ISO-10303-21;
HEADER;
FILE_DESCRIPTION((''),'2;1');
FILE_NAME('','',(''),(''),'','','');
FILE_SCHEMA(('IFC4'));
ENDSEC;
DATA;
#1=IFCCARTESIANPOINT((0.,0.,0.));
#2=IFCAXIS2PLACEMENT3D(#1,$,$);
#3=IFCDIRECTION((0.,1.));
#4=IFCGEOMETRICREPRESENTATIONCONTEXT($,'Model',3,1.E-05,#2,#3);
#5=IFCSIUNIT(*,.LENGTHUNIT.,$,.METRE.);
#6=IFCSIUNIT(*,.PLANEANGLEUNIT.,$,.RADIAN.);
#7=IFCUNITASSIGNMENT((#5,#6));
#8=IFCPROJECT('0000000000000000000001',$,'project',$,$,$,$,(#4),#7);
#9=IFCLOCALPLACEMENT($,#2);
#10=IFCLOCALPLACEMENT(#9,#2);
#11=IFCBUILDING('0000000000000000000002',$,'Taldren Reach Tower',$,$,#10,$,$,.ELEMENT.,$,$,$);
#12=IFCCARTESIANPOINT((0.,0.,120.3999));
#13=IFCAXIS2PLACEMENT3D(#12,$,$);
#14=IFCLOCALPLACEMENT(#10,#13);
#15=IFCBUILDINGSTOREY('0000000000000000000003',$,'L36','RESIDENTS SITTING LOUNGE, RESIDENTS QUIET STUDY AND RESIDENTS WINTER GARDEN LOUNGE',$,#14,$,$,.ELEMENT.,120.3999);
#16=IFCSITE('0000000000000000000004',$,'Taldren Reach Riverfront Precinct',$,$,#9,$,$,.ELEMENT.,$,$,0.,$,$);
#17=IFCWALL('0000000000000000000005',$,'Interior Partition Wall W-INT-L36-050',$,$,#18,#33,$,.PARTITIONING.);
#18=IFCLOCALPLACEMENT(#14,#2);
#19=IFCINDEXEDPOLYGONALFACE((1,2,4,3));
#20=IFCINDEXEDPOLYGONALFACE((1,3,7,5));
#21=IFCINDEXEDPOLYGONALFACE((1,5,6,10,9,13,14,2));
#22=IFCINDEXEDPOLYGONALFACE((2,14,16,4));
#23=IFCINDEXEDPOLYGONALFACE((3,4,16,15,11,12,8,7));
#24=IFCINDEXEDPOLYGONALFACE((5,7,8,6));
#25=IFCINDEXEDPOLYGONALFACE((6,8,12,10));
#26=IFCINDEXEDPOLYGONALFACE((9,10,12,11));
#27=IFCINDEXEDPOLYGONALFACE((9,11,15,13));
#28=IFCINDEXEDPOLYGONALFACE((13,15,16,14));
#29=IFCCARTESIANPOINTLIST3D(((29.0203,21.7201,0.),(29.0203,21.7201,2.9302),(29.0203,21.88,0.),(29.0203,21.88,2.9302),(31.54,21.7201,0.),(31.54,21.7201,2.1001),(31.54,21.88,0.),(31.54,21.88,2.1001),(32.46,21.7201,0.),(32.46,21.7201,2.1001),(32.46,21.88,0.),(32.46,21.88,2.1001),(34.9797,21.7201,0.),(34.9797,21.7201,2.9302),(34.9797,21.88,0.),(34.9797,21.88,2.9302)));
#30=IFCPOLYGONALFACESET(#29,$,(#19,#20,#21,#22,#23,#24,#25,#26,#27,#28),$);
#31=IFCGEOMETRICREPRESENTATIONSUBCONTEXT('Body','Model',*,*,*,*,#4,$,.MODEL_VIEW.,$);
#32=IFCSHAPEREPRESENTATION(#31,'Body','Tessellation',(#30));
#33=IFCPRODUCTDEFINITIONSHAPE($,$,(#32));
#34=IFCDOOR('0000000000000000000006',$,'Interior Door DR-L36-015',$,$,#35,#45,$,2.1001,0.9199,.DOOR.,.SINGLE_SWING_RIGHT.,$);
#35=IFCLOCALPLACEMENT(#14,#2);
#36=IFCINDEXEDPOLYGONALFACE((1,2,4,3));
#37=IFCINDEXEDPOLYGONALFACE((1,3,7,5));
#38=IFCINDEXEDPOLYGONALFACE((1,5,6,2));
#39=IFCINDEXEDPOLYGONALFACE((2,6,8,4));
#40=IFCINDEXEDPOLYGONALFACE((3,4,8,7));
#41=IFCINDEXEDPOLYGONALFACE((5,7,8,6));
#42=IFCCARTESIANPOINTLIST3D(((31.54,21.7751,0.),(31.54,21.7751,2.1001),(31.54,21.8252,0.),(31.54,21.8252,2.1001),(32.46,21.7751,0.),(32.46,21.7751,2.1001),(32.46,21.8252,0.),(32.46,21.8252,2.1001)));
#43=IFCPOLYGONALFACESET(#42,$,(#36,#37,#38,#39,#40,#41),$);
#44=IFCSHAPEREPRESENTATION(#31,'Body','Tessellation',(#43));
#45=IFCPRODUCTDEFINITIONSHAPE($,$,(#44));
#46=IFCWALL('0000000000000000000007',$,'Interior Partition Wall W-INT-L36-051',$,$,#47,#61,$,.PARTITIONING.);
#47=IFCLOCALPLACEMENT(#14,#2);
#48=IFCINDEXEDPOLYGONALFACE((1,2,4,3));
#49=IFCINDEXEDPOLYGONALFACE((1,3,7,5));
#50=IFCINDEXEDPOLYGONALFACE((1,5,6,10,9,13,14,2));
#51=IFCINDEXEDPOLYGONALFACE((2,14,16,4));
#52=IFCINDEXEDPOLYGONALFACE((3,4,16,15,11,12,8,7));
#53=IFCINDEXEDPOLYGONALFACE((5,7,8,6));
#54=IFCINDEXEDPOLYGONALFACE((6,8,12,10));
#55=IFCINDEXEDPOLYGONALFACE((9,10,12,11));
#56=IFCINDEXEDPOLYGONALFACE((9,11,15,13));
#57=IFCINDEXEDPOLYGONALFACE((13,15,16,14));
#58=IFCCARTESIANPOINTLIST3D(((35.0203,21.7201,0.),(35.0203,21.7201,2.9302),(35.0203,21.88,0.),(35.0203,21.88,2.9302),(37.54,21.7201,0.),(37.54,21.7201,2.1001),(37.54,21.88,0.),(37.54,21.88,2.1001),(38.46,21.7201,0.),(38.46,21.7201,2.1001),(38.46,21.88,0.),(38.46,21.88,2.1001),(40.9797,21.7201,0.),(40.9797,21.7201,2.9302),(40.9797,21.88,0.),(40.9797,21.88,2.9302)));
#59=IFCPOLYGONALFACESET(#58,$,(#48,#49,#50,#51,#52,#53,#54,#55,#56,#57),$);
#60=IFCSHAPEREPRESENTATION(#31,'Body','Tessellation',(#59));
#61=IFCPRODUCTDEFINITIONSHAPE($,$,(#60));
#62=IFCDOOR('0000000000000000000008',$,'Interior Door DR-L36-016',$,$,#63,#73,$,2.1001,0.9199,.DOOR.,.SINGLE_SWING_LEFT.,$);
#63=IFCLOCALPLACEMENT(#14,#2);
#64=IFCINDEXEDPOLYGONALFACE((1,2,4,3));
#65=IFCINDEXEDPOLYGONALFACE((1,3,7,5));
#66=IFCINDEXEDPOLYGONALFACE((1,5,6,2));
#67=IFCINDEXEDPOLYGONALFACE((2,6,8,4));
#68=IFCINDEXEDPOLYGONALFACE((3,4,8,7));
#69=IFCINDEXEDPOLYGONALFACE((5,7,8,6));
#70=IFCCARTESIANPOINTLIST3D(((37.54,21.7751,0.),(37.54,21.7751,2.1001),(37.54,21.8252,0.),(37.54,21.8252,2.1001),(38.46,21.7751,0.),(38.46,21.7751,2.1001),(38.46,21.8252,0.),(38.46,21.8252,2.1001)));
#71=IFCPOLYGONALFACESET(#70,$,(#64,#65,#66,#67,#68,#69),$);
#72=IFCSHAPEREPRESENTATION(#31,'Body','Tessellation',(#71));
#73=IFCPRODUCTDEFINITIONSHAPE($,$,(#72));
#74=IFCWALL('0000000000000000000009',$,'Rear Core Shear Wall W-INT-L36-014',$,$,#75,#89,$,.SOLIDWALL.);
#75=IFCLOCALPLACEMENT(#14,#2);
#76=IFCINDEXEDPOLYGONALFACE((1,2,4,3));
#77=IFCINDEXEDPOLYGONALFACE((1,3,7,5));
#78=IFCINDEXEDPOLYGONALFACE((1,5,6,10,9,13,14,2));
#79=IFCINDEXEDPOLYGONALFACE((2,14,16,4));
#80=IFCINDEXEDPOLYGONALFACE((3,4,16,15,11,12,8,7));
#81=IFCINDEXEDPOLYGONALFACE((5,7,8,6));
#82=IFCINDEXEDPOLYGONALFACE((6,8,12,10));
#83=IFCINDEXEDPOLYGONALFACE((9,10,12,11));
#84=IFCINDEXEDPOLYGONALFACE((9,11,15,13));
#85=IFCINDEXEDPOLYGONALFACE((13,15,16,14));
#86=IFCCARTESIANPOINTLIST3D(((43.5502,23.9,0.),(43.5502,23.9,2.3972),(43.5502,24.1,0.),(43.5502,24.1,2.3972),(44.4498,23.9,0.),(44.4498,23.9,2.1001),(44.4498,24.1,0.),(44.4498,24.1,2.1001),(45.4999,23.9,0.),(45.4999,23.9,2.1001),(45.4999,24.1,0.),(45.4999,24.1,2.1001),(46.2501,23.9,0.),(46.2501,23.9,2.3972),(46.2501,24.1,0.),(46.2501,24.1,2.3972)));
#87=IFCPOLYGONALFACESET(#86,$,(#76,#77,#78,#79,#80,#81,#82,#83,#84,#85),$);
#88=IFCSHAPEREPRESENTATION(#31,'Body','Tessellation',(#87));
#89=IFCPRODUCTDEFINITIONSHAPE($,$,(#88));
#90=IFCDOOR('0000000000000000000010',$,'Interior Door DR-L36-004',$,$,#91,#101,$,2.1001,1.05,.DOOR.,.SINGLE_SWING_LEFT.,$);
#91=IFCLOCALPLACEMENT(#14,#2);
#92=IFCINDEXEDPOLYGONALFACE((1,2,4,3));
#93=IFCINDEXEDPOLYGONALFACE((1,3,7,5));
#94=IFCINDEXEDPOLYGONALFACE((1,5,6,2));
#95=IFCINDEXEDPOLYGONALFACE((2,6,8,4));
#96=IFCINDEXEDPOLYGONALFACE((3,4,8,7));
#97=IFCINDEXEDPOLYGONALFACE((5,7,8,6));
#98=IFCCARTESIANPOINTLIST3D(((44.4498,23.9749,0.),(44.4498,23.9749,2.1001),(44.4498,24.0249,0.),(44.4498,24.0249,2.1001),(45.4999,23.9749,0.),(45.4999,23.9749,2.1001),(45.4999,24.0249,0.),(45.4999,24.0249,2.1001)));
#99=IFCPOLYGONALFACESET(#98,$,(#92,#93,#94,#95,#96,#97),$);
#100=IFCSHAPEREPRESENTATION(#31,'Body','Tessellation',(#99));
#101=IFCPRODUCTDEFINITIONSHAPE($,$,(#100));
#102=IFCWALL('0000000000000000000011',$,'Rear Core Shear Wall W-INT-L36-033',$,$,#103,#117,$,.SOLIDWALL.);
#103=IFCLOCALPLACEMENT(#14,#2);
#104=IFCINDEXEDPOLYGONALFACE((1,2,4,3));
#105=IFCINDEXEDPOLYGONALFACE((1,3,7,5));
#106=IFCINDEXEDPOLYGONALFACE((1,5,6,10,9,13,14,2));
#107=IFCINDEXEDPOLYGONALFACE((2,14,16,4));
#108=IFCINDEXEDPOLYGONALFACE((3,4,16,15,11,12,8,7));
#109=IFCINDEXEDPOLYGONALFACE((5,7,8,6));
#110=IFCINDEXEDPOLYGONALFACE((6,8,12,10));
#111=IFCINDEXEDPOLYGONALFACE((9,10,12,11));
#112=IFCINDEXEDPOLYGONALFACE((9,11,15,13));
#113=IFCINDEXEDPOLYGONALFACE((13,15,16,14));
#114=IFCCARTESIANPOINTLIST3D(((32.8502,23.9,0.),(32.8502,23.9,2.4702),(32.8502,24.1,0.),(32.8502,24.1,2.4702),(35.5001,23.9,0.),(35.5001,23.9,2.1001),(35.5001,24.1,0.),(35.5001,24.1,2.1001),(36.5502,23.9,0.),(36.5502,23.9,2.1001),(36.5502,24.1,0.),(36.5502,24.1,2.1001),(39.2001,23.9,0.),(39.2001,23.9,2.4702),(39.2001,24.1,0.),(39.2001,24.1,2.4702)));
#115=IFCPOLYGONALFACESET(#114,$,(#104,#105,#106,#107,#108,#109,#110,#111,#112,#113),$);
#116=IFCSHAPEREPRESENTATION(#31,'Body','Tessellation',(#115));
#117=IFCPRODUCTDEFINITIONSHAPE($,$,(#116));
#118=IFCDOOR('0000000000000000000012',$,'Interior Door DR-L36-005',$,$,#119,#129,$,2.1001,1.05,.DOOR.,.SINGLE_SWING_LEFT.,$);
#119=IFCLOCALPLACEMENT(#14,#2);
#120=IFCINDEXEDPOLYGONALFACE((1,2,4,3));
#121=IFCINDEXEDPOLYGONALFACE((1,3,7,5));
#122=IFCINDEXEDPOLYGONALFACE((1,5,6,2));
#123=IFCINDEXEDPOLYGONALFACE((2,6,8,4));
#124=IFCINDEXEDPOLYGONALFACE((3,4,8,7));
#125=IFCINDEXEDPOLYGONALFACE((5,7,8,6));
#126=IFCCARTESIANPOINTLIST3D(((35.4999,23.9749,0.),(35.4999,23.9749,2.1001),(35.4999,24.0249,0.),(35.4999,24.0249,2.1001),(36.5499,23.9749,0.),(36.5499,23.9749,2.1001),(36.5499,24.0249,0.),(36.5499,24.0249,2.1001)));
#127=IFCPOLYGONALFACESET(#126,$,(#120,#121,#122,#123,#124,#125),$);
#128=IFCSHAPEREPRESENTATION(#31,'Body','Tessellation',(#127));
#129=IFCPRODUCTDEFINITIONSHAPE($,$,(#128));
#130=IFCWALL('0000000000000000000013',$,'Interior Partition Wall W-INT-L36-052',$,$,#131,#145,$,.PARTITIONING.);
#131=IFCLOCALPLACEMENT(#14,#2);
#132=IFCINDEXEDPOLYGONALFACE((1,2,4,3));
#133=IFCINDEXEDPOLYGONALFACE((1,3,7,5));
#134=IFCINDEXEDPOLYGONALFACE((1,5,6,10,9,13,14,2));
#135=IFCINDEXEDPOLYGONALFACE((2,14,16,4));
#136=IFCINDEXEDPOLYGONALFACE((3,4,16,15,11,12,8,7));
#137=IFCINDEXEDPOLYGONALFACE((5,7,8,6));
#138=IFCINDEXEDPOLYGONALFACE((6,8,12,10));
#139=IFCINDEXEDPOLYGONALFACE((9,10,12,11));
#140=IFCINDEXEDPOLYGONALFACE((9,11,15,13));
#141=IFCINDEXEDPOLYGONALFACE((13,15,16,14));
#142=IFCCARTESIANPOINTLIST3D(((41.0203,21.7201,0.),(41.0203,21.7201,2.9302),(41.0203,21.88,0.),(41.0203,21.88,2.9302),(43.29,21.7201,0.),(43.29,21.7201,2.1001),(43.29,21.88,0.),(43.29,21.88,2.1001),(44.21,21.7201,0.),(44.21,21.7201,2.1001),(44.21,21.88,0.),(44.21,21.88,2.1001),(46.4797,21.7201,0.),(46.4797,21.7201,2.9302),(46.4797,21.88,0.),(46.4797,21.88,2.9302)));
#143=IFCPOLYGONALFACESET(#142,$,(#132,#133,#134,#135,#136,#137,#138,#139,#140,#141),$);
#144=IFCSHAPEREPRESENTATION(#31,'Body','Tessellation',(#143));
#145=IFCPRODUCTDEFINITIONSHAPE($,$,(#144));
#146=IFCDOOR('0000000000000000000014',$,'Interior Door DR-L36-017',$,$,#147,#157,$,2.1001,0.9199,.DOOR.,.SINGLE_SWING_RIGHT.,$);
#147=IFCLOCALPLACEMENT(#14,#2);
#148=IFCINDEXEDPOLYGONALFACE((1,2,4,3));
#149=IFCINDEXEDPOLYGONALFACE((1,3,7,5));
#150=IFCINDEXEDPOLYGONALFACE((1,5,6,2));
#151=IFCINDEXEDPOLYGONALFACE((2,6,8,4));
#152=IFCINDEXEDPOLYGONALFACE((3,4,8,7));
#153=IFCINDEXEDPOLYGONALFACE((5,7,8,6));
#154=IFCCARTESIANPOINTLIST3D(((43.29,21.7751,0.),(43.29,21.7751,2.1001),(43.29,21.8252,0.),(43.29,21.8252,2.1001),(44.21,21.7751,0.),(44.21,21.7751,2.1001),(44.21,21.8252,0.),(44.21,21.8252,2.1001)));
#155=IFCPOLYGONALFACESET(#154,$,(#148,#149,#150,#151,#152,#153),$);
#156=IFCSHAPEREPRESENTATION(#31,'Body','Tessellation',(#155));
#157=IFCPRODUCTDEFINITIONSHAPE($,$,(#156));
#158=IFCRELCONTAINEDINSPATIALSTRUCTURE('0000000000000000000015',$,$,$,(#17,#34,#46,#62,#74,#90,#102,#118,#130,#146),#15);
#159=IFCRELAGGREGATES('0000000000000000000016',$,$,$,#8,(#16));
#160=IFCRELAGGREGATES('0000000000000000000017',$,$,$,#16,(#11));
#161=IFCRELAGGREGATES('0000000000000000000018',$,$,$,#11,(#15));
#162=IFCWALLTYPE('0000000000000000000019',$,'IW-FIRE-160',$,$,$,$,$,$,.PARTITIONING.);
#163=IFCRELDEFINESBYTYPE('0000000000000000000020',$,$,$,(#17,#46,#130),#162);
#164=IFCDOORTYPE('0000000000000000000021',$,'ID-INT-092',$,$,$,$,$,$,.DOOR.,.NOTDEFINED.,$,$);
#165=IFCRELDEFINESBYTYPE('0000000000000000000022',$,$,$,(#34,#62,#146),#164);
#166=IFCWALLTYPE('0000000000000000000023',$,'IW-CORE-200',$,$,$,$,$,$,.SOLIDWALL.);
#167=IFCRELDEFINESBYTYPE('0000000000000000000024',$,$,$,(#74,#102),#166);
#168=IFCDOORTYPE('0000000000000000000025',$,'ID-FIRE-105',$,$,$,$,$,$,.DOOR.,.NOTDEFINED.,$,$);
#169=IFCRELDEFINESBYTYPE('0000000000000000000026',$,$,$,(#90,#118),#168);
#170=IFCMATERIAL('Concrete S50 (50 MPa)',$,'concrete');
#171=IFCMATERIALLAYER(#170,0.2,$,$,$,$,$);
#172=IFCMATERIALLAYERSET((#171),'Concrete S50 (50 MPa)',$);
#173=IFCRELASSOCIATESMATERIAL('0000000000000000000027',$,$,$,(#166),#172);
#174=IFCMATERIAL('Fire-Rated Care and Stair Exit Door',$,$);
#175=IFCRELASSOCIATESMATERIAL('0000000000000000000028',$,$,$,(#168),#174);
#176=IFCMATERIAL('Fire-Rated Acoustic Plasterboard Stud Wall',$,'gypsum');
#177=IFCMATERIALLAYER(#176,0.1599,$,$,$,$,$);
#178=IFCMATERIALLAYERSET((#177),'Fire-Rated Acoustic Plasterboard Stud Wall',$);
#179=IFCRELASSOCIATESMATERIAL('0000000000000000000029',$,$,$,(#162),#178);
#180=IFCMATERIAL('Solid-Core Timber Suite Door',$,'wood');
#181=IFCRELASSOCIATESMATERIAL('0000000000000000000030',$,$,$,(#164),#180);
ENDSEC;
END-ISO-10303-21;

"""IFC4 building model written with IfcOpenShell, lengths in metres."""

from ifc_helpers import new_model, si_unit, direction, frame, frame_2d, origin, place, context, subcontext, project, spatial, rectangle, extrude, source, transform, mapped, material, layer, layer_set, type_object, element, fill, save


model = new_model("IFC4")

# Units and contexts
model_context = context("Model", 3, precision=1e-05, world=origin(), true_north=direction((0.0, 1.0)))
body_context = subcontext(model_context, "Body", "Model", "MODEL_VIEW")
ifc_project = project(units=[si_unit("LENGTHUNIT", "METRE"), si_unit("PLANEANGLEUNIT", "RADIAN")], contexts=[model_context])

# Site, building, storey
site_placement = place(None, origin())
site = spatial("IfcSite", under=ifc_project, at=site_placement, Name="Taldren Reach Riverfront Precinct", CompositionType="ELEMENT", RefElevation=0.0)
building_placement = place(site_placement, origin())
building = spatial("IfcBuilding", under=site, at=building_placement, Name="Taldren Reach Tower", CompositionType="ELEMENT")
storey_placement = place(building_placement, frame((0.0, 0.0, 120.3999)))
storey = spatial("IfcBuildingStorey", under=building, at=storey_placement, Name="L36", Description="RESIDENTS SITTING LOUNGE, RESIDENTS QUIET STUDY AND RESIDENTS WINTER GARDEN LOUNGE", CompositionType="ELEMENT", Elevation=120.3999)

# Shared definitions
ifc_material_1 = material(Name="Concrete S50 (50 MPa)", Category="concrete")
ifc_layer_1 = layer(ifc_material_1, 0.2)
ifc_layer_set_1 = layer_set([ifc_layer_1], Name="Concrete S50 (50 MPa)")
wall_type_1 = type_object("IfcWallType", Name="IW-CORE-200", PredefinedType="SOLIDWALL", material=ifc_layer_set_1)
shared_shape_1 = source(origin(), body_context, "Body", "SweptSolid", [
    extrude(rectangle(XDim=1.05, YDim=2.1001, at=frame_2d((0.5249, 1.05))), frame((0.0, 0.1099, 0.0), z_axis=(0.0, -1.0, 0.0), x_axis=(1.0, 0.0, 0.0)), (0.0, 0.0, 1.0), 0.22),
])
ifc_material_2 = material(Name="Fire-Rated Care and Stair Exit Door")
door_type_1 = type_object("IfcDoorType", Name="ID-FIRE-105", OperationType="NOTDEFINED", PredefinedType="DOOR", material=ifc_material_2)
shared_shape_2 = source(origin(), body_context, "Body", "SweptSolid", [
    extrude(rectangle(XDim=1.05, YDim=2.1001, at=frame_2d((0.5249, 1.05))), frame((0.0, 0.0249, 0.0), z_axis=(0.0, -1.0, 0.0), x_axis=(1.0, 0.0, 0.0)), (0.0, 0.0, 1.0), 0.05),
])

# Walls, openings, doors
ifc_material_3 = material(Name="Fire-Rated Acoustic Plasterboard Stud Wall", Category="gypsum")
ifc_layer_2 = layer(ifc_material_3, 0.1599)
ifc_layer_set_2 = layer_set([ifc_layer_2], Name="Fire-Rated Acoustic Plasterboard Stud Wall")
wall_type_2 = type_object("IfcWallType", Name="IW-FIRE-160", PredefinedType="PARTITIONING", material=ifc_layer_set_2)
shared_shape_3 = source(origin(), body_context, "Body", "SweptSolid", [
    extrude(rectangle(XDim=5.9595, YDim=0.1599, at=frame_2d((2.9797, 0.0))), origin(), (0.0, 0.0, 1.0), 2.9302),
])
wall_1_placement = place(storey_placement, frame((34.9797, 21.8, 0.0), z_axis=(0.0, 0.0, 1.0), x_axis=(-1.0, 0.0, 0.0)))
wall_1 = element("IfcWall", 1, at=wall_1_placement, inside=storey, type_object=wall_type_2, Name="Interior Partition Wall W-INT-L36-050", PredefinedType="PARTITIONING", context=body_context, shape_type="MappedRepresentation", body=[
    mapped(shared_shape_3, transform((0.0, 0.0, 0.0), scale=1.0)),
])
shared_shape_4 = source(origin(), body_context, "Body", "SweptSolid", [
    extrude(rectangle(XDim=0.9199, YDim=2.1001, at=frame_2d((0.46, 1.05))), frame((0.0, 0.0898, 0.0), z_axis=(0.0, -1.0, 0.0), x_axis=(1.0, 0.0, 0.0)), (0.0, 0.0, 1.0), 0.1799),
])
opening_1_placement = place(wall_1_placement, frame((2.5198, 0.0, 0.0)))
opening_1 = element("IfcOpeningElement", 2, at=opening_1_placement, cuts=wall_1, PredefinedType="OPENING", context=body_context, shape_type="MappedRepresentation", body=[
    mapped(shared_shape_4, transform((0.0, 0.0, 0.0), scale=1.0)),
])
ifc_material_4 = material(Name="Solid-Core Timber Suite Door", Category="wood")
door_type_2 = type_object("IfcDoorType", Name="ID-INT-092", OperationType="NOTDEFINED", PredefinedType="DOOR", material=ifc_material_4)
shared_shape_5 = source(origin(), body_context, "Body", "SweptSolid", [
    extrude(rectangle(XDim=0.9199, YDim=2.1001, at=frame_2d((0.46, 1.05))), frame((0.0, 0.0249, 0.0), z_axis=(0.0, -1.0, 0.0), x_axis=(1.0, 0.0, 0.0)), (0.0, 0.0, 1.0), 0.05),
])
door_1_placement = place(opening_1_placement, origin())
door_1 = element("IfcDoor", 3, at=door_1_placement, inside=storey, type_object=door_type_2, Name="Interior Door DR-L36-015", OperationType="SINGLE_SWING_RIGHT", OverallHeight=2.1001, OverallWidth=0.9199, PredefinedType="DOOR", context=body_context, shape_type="MappedRepresentation", body=[
    mapped(shared_shape_5, transform((0.0, 0.0, 0.0), scale=1.0)),
])
fill(opening_1, door_1)
wall_2_placement = place(storey_placement, frame((40.9797, 21.8, 0.0), z_axis=(0.0, 0.0, 1.0), x_axis=(-1.0, 0.0, 0.0)))
wall_2 = element("IfcWall", 4, at=wall_2_placement, inside=storey, type_object=wall_type_2, Name="Interior Partition Wall W-INT-L36-051", PredefinedType="PARTITIONING", context=body_context, shape_type="MappedRepresentation", body=[
    mapped(shared_shape_3, transform((0.0, 0.0, 0.0), scale=1.0)),
])
opening_2_placement = place(wall_2_placement, frame((2.5198, 0.0, 0.0)))
opening_2 = element("IfcOpeningElement", 5, at=opening_2_placement, cuts=wall_2, PredefinedType="OPENING", context=body_context, shape_type="MappedRepresentation", body=[
    mapped(shared_shape_4, transform((0.0, 0.0, 0.0), scale=1.0)),
])
door_2_placement = place(opening_2_placement, origin())
door_2 = element("IfcDoor", 6, at=door_2_placement, inside=storey, type_object=door_type_2, Name="Interior Door DR-L36-016", OperationType="SINGLE_SWING_LEFT", OverallHeight=2.1001, OverallWidth=0.9199, PredefinedType="DOOR", context=body_context, shape_type="MappedRepresentation", body=[
    mapped(shared_shape_5, transform((0.0, 0.0, 0.0), scale=1.0)),
])
fill(opening_2, door_2)
shared_shape_6 = source(origin(), body_context, "Body", "SweptSolid", [
    extrude(rectangle(XDim=2.7, YDim=0.2, at=frame_2d((1.3501, 0.0))), origin(), (0.0, 0.0, 1.0), 2.3972),
])
wall_3_placement = place(storey_placement, frame((43.55, 24.0, 0.0), z_axis=(0.0, 0.0, 1.0), x_axis=(1.0, 0.0, 0.0)))
wall_3 = element("IfcWall", 7, at=wall_3_placement, inside=storey, type_object=wall_type_1, Name="Rear Core Shear Wall W-INT-L36-014", PredefinedType="SOLIDWALL", context=body_context, shape_type="MappedRepresentation", body=[
    mapped(shared_shape_6, transform((0.0, 0.0, 0.0), scale=1.0)),
])
opening_3_placement = place(wall_3_placement, frame((0.8999, 0.0, 0.0)))
opening_3 = element("IfcOpeningElement", 8, at=opening_3_placement, cuts=wall_3, PredefinedType="OPENING", context=body_context, shape_type="MappedRepresentation", body=[
    mapped(shared_shape_1, transform((0.0, 0.0, 0.0), scale=1.0)),
])
door_3_placement = place(opening_3_placement, origin())
door_3 = element("IfcDoor", 9, at=door_3_placement, inside=storey, type_object=door_type_1, Name="Interior Door DR-L36-004", OperationType="SINGLE_SWING_LEFT", OverallHeight=2.1001, OverallWidth=1.05, PredefinedType="DOOR", context=body_context, shape_type="MappedRepresentation", body=[
    mapped(shared_shape_2, transform((0.0, 0.0, 0.0), scale=1.0)),
])
fill(opening_3, door_3)
shared_shape_7 = source(origin(), body_context, "Body", "SweptSolid", [
    extrude(rectangle(XDim=6.3499, YDim=0.2, at=frame_2d((3.1748, 0.0))), origin(), (0.0, 0.0, 1.0), 2.4702),
])
wall_4_placement = place(storey_placement, frame((39.2, 24.0, 0.0), z_axis=(0.0, 0.0, 1.0), x_axis=(-1.0, 0.0, 0.0)))
wall_4 = element("IfcWall", 10, at=wall_4_placement, inside=storey, type_object=wall_type_1, Name="Rear Core Shear Wall W-INT-L36-033", PredefinedType="SOLIDWALL", context=body_context, shape_type="MappedRepresentation", body=[
    mapped(shared_shape_7, transform((0.0, 0.0, 0.0), scale=1.0)),
])
opening_4_placement = place(wall_4_placement, frame((2.6499, 0.0, 0.0)))
opening_4 = element("IfcOpeningElement", 11, at=opening_4_placement, cuts=wall_4, PredefinedType="OPENING", context=body_context, shape_type="MappedRepresentation", body=[
    mapped(shared_shape_1, transform((0.0, 0.0, 0.0), scale=1.0)),
])
door_4_placement = place(opening_4_placement, frame((1.05, 0.0, 0.0), z_axis=(0.0, 0.0, 1.0), x_axis=(-1.0, 0.0, 0.0)))
door_4 = element("IfcDoor", 12, at=door_4_placement, inside=storey, type_object=door_type_1, Name="Interior Door DR-L36-005", OperationType="SINGLE_SWING_LEFT", OverallHeight=2.1001, OverallWidth=1.05, PredefinedType="DOOR", context=body_context, shape_type="MappedRepresentation", body=[
    mapped(shared_shape_2, transform((0.0, 0.0, 0.0), scale=1.0)),
])
fill(opening_4, door_4)
shared_shape_8 = source(origin(), body_context, "Body", "SweptSolid", [
    extrude(rectangle(XDim=5.4595, YDim=0.1599, at=frame_2d((2.7297, 0.0))), origin(), (0.0, 0.0, 1.0), 2.9302),
])
wall_5_placement = place(storey_placement, frame((46.4797, 21.8, 0.0), z_axis=(0.0, 0.0, 1.0), x_axis=(-1.0, 0.0, 0.0)))
wall_5 = element("IfcWall", 13, at=wall_5_placement, inside=storey, type_object=wall_type_2, Name="Interior Partition Wall W-INT-L36-052", PredefinedType="PARTITIONING", context=body_context, shape_type="MappedRepresentation", body=[
    mapped(shared_shape_8, transform((0.0, 0.0, 0.0), scale=1.0)),
])
opening_5_placement = place(wall_5_placement, frame((2.2698, 0.0, 0.0)))
opening_5 = element("IfcOpeningElement", 14, at=opening_5_placement, cuts=wall_5, PredefinedType="OPENING", context=body_context, shape_type="MappedRepresentation", body=[
    mapped(shared_shape_4, transform((0.0, 0.0, 0.0), scale=1.0)),
])
door_5_placement = place(opening_5_placement, origin())
door_5 = element("IfcDoor", 15, at=door_5_placement, inside=storey, type_object=door_type_2, Name="Interior Door DR-L36-017", OperationType="SINGLE_SWING_RIGHT", OverallHeight=2.1001, OverallWidth=0.9199, PredefinedType="DOOR", context=body_context, shape_type="MappedRepresentation", body=[
    mapped(shared_shape_5, transform((0.0, 0.0, 0.0), scale=1.0)),
])
fill(opening_5, door_5)

save(model, "model.ifc")
